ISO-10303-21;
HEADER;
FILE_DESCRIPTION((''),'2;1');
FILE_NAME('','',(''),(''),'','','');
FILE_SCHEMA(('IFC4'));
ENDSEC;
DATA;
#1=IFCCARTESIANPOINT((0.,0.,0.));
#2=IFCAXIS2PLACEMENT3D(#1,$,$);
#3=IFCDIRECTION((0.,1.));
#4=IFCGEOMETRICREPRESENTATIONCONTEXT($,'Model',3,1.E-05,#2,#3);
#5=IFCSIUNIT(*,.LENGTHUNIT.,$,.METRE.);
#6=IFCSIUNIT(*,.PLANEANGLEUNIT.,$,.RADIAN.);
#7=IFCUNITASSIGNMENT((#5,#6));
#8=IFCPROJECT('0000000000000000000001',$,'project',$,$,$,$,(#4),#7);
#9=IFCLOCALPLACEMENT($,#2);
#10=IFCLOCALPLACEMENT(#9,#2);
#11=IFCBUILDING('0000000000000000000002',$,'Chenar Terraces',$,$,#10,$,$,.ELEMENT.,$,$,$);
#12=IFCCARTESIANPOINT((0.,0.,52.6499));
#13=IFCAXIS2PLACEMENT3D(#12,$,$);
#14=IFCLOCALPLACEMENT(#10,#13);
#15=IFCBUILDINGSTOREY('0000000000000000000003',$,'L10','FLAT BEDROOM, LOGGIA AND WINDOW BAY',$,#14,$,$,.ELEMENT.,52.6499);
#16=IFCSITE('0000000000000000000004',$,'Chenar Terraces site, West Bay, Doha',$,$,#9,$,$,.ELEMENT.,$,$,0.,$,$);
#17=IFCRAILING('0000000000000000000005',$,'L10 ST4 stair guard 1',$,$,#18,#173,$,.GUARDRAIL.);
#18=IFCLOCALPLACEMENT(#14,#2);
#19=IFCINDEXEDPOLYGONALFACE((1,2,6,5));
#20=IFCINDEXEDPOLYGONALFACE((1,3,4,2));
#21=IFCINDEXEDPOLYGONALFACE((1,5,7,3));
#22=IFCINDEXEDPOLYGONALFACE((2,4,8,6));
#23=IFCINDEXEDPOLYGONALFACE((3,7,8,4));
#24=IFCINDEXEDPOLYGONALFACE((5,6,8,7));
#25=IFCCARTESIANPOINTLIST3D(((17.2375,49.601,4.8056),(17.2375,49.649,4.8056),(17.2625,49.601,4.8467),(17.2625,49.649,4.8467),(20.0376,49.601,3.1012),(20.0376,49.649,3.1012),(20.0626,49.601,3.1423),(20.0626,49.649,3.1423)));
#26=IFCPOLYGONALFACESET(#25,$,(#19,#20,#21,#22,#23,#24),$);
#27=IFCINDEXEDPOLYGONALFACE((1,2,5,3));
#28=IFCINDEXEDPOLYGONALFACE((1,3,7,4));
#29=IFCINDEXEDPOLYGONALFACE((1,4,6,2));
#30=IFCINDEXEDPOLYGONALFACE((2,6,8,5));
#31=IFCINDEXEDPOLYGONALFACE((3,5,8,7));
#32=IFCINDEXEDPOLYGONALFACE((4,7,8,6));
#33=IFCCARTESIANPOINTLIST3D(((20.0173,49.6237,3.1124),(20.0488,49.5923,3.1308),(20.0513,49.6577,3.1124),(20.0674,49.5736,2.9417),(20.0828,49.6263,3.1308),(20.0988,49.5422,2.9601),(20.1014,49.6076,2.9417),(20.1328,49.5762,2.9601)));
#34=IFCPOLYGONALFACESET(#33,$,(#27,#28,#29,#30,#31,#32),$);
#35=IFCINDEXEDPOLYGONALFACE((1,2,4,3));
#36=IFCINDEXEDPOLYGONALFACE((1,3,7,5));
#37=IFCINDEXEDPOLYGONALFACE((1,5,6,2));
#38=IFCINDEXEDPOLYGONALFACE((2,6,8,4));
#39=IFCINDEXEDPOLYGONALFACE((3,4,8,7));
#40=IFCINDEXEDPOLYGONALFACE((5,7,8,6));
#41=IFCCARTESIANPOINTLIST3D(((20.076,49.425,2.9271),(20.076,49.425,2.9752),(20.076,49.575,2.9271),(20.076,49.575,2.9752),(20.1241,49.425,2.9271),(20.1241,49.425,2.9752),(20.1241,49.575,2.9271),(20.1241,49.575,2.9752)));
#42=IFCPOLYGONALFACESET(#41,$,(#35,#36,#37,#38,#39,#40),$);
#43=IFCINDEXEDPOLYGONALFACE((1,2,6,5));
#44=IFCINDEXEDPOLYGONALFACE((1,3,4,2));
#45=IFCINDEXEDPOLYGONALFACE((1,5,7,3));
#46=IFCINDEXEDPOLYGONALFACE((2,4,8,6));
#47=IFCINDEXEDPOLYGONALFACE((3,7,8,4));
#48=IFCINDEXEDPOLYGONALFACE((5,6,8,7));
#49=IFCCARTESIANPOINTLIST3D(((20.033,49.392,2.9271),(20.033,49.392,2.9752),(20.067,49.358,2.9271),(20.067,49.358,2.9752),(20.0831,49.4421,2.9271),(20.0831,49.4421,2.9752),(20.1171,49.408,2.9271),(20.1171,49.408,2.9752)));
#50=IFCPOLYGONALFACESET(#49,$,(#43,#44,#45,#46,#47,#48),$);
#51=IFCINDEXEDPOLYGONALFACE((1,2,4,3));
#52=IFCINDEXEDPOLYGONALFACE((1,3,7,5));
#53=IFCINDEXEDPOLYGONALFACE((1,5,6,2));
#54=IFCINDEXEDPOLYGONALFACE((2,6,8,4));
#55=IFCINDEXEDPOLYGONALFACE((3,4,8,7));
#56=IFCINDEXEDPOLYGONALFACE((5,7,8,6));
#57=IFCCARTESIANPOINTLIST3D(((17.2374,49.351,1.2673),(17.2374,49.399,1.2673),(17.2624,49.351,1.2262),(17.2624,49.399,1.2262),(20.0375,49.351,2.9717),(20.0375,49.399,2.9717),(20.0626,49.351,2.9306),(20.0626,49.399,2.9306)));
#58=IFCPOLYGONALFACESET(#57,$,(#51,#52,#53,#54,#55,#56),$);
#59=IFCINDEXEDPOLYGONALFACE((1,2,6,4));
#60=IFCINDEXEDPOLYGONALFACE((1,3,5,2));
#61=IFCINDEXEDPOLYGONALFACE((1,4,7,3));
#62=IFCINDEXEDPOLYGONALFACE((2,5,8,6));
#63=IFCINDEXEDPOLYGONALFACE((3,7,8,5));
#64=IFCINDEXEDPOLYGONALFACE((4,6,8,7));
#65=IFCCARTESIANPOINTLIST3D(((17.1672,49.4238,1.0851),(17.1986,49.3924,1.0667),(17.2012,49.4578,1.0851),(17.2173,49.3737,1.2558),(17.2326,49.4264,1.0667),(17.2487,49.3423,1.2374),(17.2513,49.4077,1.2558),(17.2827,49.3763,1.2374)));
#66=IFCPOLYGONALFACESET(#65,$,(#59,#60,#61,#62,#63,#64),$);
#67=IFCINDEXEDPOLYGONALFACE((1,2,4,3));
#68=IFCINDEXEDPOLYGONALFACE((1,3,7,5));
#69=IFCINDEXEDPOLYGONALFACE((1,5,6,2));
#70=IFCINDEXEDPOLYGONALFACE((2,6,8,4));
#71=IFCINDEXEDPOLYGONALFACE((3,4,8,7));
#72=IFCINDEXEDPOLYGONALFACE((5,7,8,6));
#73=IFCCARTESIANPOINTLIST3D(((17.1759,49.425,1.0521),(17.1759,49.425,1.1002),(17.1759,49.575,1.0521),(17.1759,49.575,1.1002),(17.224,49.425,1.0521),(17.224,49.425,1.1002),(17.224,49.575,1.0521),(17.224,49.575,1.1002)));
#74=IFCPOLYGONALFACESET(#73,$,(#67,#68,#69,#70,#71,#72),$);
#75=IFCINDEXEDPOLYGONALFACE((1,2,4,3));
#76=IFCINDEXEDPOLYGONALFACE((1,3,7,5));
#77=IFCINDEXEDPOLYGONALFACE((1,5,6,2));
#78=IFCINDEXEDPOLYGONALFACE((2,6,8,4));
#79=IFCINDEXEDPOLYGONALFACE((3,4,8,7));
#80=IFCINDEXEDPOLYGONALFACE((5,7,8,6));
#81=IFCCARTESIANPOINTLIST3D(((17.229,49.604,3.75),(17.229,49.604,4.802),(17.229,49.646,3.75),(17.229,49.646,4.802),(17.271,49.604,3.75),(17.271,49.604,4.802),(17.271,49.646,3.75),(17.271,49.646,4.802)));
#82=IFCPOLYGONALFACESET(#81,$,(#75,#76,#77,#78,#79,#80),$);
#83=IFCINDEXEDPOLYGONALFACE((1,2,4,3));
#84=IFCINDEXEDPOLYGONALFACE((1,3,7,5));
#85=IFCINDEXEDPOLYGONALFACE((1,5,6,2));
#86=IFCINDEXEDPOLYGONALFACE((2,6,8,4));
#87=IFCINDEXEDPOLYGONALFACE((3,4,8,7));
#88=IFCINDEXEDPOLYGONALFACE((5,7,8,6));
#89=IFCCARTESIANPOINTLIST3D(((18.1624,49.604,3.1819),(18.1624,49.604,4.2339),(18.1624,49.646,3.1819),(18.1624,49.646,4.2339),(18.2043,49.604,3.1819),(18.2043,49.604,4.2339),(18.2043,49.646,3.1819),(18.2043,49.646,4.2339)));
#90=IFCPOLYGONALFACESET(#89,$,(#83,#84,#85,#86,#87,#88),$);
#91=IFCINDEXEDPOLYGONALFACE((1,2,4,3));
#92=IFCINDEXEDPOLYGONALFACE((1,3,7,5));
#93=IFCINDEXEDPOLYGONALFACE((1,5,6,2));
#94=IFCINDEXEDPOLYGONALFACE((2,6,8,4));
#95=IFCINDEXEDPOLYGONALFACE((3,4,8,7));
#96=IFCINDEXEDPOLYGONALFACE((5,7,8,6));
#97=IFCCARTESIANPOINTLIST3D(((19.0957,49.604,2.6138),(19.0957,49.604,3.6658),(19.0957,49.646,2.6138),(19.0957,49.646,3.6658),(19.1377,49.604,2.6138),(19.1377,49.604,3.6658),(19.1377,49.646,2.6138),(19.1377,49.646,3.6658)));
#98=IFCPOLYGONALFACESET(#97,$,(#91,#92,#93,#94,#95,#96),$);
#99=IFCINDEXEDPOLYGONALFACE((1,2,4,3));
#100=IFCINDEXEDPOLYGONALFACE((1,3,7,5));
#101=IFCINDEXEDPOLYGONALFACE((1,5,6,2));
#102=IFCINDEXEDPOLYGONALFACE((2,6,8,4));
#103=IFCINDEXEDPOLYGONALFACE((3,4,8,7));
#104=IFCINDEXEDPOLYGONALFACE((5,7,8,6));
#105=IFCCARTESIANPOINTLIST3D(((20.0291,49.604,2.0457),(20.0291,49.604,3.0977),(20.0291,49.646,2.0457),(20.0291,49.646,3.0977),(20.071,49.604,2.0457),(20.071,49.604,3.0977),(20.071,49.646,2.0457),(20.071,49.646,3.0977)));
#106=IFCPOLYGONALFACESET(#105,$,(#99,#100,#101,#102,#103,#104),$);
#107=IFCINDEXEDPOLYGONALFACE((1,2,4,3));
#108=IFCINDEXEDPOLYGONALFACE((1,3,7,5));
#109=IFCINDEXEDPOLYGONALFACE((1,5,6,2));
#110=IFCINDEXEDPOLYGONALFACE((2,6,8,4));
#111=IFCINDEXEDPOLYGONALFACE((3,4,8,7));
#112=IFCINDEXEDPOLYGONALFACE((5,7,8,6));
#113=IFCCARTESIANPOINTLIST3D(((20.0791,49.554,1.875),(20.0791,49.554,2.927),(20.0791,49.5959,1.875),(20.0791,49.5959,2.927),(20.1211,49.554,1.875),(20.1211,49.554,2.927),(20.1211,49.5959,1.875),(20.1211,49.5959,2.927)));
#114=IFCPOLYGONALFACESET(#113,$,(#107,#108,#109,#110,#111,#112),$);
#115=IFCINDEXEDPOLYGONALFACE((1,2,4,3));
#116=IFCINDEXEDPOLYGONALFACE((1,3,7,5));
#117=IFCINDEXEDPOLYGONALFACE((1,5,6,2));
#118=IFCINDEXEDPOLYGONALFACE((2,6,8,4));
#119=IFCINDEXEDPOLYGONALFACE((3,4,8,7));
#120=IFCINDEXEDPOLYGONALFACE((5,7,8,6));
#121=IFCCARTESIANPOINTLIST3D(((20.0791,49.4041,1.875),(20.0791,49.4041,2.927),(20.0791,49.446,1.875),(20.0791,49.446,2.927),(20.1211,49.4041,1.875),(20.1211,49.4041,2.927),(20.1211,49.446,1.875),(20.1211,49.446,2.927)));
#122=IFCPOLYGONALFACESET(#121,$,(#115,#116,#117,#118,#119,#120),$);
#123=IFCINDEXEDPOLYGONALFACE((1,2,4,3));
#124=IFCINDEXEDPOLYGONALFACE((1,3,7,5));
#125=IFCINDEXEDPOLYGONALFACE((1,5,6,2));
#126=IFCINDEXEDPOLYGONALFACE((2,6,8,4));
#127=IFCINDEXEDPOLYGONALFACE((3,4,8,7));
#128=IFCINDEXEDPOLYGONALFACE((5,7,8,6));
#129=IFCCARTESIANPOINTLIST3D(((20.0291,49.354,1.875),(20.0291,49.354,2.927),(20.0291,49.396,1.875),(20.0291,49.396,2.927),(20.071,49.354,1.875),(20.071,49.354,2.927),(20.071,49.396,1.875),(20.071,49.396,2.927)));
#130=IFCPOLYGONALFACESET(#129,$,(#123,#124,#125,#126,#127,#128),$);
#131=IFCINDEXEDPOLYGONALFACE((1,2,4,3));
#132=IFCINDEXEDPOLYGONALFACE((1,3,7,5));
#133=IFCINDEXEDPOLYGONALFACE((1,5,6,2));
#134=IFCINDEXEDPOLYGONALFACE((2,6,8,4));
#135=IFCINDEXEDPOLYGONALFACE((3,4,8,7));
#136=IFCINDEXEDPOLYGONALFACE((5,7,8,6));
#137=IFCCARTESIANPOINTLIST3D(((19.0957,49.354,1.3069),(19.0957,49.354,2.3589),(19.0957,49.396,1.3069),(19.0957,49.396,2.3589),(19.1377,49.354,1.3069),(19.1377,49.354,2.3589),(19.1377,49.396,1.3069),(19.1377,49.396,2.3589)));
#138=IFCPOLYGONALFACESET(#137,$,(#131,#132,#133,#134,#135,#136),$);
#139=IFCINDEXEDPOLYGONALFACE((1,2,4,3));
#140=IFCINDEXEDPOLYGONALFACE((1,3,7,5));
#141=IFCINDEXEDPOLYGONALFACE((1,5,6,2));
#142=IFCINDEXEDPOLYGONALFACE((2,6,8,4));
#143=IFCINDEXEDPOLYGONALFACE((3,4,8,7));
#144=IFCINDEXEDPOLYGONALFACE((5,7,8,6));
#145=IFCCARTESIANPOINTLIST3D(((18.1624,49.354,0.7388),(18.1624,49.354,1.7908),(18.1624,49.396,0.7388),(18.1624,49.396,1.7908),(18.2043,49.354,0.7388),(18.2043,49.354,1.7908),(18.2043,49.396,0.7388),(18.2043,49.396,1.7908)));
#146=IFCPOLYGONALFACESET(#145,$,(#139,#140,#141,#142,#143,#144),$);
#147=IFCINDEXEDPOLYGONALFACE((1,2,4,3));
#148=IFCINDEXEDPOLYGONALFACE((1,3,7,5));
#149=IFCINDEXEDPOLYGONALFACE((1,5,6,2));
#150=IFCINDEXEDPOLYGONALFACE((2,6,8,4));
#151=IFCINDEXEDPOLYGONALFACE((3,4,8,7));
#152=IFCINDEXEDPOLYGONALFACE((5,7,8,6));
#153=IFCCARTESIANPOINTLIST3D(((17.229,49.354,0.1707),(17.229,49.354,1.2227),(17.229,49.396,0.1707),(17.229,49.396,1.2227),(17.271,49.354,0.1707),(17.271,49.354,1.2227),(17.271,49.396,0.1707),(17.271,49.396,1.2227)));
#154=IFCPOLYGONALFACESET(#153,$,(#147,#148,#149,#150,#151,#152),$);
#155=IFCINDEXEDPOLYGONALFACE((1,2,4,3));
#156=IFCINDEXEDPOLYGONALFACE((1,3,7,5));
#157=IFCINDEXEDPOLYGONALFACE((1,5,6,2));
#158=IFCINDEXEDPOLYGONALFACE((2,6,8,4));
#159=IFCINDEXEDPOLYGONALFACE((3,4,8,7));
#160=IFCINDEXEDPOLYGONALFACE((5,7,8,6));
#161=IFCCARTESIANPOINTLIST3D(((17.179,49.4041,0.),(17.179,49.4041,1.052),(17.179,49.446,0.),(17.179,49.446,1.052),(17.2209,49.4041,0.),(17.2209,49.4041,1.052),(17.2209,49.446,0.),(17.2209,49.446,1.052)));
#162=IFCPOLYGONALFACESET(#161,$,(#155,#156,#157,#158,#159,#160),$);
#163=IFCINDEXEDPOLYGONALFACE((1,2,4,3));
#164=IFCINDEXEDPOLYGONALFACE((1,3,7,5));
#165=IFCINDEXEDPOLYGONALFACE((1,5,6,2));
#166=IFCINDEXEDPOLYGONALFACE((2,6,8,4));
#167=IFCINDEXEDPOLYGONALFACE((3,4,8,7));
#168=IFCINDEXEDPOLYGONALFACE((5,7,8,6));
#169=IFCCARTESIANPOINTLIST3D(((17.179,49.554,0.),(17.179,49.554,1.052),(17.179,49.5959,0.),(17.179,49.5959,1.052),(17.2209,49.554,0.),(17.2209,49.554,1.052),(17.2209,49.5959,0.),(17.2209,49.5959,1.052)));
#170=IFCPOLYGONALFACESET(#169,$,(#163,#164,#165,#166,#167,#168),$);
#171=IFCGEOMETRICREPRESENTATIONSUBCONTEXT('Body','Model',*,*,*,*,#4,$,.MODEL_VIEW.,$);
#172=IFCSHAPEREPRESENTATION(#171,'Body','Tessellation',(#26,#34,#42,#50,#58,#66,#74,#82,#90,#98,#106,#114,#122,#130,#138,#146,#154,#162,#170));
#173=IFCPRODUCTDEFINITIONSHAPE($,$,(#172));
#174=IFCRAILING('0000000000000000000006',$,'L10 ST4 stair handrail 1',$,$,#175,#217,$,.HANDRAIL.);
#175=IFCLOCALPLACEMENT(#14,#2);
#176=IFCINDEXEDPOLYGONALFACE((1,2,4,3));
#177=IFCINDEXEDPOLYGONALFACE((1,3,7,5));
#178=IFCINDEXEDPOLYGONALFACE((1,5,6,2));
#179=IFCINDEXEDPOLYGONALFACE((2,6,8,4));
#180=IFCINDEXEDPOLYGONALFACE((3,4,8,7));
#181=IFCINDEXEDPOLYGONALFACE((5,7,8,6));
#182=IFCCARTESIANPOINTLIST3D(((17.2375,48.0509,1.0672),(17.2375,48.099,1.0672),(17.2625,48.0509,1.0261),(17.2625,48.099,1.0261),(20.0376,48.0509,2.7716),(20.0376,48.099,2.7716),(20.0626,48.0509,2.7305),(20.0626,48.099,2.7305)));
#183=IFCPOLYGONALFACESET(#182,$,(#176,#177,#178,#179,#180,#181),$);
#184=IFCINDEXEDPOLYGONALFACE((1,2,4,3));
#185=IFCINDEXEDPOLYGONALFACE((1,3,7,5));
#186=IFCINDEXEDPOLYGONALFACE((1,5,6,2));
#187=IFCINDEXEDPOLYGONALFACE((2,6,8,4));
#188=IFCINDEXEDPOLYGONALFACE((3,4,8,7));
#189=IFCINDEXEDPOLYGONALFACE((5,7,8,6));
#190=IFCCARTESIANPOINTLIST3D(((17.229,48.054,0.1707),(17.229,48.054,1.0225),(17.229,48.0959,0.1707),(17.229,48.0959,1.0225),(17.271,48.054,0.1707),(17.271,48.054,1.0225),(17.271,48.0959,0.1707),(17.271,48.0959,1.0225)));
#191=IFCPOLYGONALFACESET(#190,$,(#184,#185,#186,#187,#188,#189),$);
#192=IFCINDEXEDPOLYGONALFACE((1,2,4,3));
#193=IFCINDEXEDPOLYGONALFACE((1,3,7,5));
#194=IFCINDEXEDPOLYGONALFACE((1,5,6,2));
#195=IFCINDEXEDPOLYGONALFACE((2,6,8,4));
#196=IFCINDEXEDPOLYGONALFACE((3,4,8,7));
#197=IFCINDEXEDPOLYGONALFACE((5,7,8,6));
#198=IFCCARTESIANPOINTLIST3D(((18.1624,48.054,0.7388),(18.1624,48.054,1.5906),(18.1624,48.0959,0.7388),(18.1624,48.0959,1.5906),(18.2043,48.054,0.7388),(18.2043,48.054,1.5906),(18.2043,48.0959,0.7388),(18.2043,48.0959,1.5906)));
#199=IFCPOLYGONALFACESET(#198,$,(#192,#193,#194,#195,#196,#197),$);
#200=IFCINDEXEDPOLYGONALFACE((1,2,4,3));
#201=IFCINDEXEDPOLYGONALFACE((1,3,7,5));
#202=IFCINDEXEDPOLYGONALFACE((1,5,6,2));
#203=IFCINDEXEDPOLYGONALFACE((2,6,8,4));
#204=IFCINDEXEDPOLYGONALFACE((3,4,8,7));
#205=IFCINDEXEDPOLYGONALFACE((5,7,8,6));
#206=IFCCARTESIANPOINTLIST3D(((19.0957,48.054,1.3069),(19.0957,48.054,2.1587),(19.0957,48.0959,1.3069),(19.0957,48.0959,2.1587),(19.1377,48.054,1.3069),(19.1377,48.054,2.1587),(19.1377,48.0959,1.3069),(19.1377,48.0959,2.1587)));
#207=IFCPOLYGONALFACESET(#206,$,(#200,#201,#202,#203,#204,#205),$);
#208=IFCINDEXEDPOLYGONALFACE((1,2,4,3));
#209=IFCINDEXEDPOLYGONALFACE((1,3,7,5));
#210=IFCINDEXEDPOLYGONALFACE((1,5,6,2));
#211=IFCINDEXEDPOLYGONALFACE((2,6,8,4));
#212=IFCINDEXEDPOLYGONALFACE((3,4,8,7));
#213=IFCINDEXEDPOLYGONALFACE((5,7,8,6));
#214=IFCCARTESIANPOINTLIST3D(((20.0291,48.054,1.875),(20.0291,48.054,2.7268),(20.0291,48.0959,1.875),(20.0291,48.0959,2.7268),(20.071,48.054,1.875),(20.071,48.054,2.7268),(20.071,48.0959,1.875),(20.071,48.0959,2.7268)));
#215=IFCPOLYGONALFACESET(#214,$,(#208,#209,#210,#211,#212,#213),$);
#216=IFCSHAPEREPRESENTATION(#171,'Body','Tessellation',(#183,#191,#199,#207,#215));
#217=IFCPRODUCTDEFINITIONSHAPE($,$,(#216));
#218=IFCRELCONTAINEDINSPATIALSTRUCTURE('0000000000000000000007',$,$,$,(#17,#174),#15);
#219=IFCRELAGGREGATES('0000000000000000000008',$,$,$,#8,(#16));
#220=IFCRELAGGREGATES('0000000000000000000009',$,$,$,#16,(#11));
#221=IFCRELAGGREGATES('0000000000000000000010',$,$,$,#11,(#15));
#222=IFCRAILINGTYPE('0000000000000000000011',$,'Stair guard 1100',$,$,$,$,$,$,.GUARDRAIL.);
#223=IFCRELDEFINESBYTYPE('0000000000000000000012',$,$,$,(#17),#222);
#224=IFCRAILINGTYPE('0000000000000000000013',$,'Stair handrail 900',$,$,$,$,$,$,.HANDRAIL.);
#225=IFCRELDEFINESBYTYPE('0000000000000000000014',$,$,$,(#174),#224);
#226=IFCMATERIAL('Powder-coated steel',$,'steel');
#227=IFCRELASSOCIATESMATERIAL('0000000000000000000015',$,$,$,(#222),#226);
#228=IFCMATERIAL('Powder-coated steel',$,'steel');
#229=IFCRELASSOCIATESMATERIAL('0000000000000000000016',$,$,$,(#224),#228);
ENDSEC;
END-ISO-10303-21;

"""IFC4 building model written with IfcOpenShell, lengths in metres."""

from ifc_helpers import new_model, si_unit, direction, frame, origin, origin_2d, place, context, subcontext, project, spatial, rectangle, extrude, material, type_object, element, save


model = new_model("IFC4")

# Units and contexts
model_context = context("Model", 3, precision=1e-05, world=origin(), true_north=direction((0.0, 1.0)))
body_context = subcontext(model_context, "Body", "Model", "MODEL_VIEW")
ifc_project = project(units=[si_unit("LENGTHUNIT", "METRE"), si_unit("PLANEANGLEUNIT", "RADIAN")], contexts=[model_context])

# Site, building, storey
site_placement = place(None, origin())
site = spatial("IfcSite", under=ifc_project, at=site_placement, Name="Chenar Terraces site, West Bay, Doha", CompositionType="ELEMENT", RefElevation=0.0)
building_placement = place(site_placement, origin())
building = spatial("IfcBuilding", under=site, at=building_placement, Name="Chenar Terraces", CompositionType="ELEMENT")
storey_placement = place(building_placement, frame((0.0, 0.0, 52.6499)))
storey = spatial("IfcBuildingStorey", under=building, at=storey_placement, Name="L10", Description="FLAT BEDROOM, LOGGIA AND WINDOW BAY", CompositionType="ELEMENT", Elevation=52.6499)

# Railings
ifc_material_1 = material(Name="Powder-coated steel", Category="steel")
railing_type_1 = type_object("IfcRailingType", Name="Stair guard 1100", PredefinedType="GUARDRAIL", material=ifc_material_1)
railing_1_placement = place(storey_placement, frame((17.25, 49.625, 3.75)))
element("IfcRailing", 1, at=railing_1_placement, inside=storey, type_object=railing_type_1, Name="L10 ST4 stair guard 1", PredefinedType="GUARDRAIL", context=body_context, shape_type="SweptSolid", body=[
    extrude(rectangle(XDim=0.0481, YDim=0.0481, at=origin_2d()), frame((0.0, 0.0, 1.0762), z_axis=(0.854203, 0.0, -0.51994), x_axis=(0.0, 1.0, 0.0)), (0.0, 0.0, 1.0), 3.2781),
    extrude(rectangle(XDim=0.0481, YDim=0.0481, at=origin_2d()), frame((2.8, 0.0, -0.6284), z_axis=(0.2709, -0.2709, -0.923703), x_axis=(0.707107, 0.707107, 0.0)), (0.0, 0.0, 1.0), 0.1848),
    extrude(rectangle(XDim=0.0481, YDim=0.0481, at=origin_2d()), frame((2.8501, -0.05, -0.7988), z_axis=(0.0, -1.0, 0.0), x_axis=(1.0, 0.0, 0.0)), (0.0, 0.0, 1.0), 0.1499),
    extrude(rectangle(XDim=0.0481, YDim=0.0481, at=origin_2d()), frame((2.8501, -0.2, -0.7988), z_axis=(-0.707107, -0.707107, 0.0), x_axis=(0.707107, -0.707107, 0.0)), (0.0, 0.0, 1.0), 0.0708),
    extrude(rectangle(XDim=0.0481, YDim=0.0481, at=origin_2d()), frame((2.8, -0.25, -0.7988), z_axis=(-0.854203, 0.0, -0.51994), x_axis=(0.0, -1.0, 0.0)), (0.0, 0.0, 1.0), 3.2781),
    extrude(rectangle(XDim=0.0481, YDim=0.0481, at=origin_2d()), frame((0.0, -0.25, -2.5034), z_axis=(-0.2709, 0.2709, -0.923703), x_axis=(-0.707107, -0.707107, 0.0)), (0.0, 0.0, 1.0), 0.1848),
    extrude(rectangle(XDim=0.0481, YDim=0.0481, at=origin_2d()), frame((-0.05, -0.2, -2.6738), z_axis=(0.0, 1.0, 0.0), x_axis=(-1.0, 0.0, 0.0)), (0.0, 0.0, 1.0), 0.1499),
    extrude(rectangle(XDim=0.042, YDim=0.042, at=origin_2d()), origin(), (0.0, 0.0, 1.0), 1.052),
    extrude(rectangle(XDim=0.042, YDim=0.042, at=origin_2d()), frame((0.9333, 0.0, -0.5681)), (0.0, 0.0, 1.0), 1.052),
    extrude(rectangle(XDim=0.042, YDim=0.042, at=origin_2d()), frame((1.8667, 0.0, -1.1362)), (0.0, 0.0, 1.0), 1.052),
    extrude(rectangle(XDim=0.042, YDim=0.042, at=origin_2d()), frame((2.8, 0.0, -1.7043)), (0.0, 0.0, 1.0), 1.052),
    extrude(rectangle(XDim=0.042, YDim=0.042, at=origin_2d()), frame((2.8501, -0.05, -1.875)), (0.0, 0.0, 1.0), 1.052),
    extrude(rectangle(XDim=0.042, YDim=0.042, at=origin_2d()), frame((2.8501, -0.2, -1.875)), (0.0, 0.0, 1.0), 1.052),
    extrude(rectangle(XDim=0.042, YDim=0.042, at=origin_2d()), frame((2.8, -0.25, -1.875)), (0.0, 0.0, 1.0), 1.052),
    extrude(rectangle(XDim=0.042, YDim=0.042, at=origin_2d()), frame((1.8667, -0.25, -2.4431)), (0.0, 0.0, 1.0), 1.052),
    extrude(rectangle(XDim=0.042, YDim=0.042, at=origin_2d()), frame((0.9333, -0.25, -3.0112)), (0.0, 0.0, 1.0), 1.052),
    extrude(rectangle(XDim=0.042, YDim=0.042, at=origin_2d()), frame((0.0, -0.25, -3.5793)), (0.0, 0.0, 1.0), 1.052),
    extrude(rectangle(XDim=0.042, YDim=0.042, at=origin_2d()), frame((-0.05, -0.2, -3.75)), (0.0, 0.0, 1.0), 1.052),
    extrude(rectangle(XDim=0.042, YDim=0.042, at=origin_2d()), frame((-0.05, -0.05, -3.75)), (0.0, 0.0, 1.0), 1.052),
])
ifc_material_2 = material(Name="Powder-coated steel", Category="steel")
railing_type_2 = type_object("IfcRailingType", Name="Stair handrail 900", PredefinedType="HANDRAIL", material=ifc_material_2)
railing_2_placement = place(storey_placement, frame((17.25, 48.075, 0.1707)))
element("IfcRailing", 2, at=railing_2_placement, inside=storey, type_object=railing_type_2, Name="L10 ST4 stair handrail 1", PredefinedType="HANDRAIL", context=body_context, shape_type="SweptSolid", body=[
    extrude(rectangle(XDim=0.0481, YDim=0.0481, at=origin_2d()), frame((0.0, 0.0, 0.876), z_axis=(0.854203, 0.0, 0.51994), x_axis=(0.0, 1.0, 0.0)), (0.0, 0.0, 1.0), 3.2781),
    extrude(rectangle(XDim=0.042, YDim=0.042, at=origin_2d()), origin(), (0.0, 0.0, 1.0), 0.8518),
    extrude(rectangle(XDim=0.042, YDim=0.042, at=origin_2d()), frame((0.9333, 0.0, 0.5681)), (0.0, 0.0, 1.0), 0.8518),
    extrude(rectangle(XDim=0.042, YDim=0.042, at=origin_2d()), frame((1.8667, 0.0, 1.1362)), (0.0, 0.0, 1.0), 0.8518),
    extrude(rectangle(XDim=0.042, YDim=0.042, at=origin_2d()), frame((2.8, 0.0, 1.7043)), (0.0, 0.0, 1.0), 0.8518),
])

save(model, "model.ifc")
